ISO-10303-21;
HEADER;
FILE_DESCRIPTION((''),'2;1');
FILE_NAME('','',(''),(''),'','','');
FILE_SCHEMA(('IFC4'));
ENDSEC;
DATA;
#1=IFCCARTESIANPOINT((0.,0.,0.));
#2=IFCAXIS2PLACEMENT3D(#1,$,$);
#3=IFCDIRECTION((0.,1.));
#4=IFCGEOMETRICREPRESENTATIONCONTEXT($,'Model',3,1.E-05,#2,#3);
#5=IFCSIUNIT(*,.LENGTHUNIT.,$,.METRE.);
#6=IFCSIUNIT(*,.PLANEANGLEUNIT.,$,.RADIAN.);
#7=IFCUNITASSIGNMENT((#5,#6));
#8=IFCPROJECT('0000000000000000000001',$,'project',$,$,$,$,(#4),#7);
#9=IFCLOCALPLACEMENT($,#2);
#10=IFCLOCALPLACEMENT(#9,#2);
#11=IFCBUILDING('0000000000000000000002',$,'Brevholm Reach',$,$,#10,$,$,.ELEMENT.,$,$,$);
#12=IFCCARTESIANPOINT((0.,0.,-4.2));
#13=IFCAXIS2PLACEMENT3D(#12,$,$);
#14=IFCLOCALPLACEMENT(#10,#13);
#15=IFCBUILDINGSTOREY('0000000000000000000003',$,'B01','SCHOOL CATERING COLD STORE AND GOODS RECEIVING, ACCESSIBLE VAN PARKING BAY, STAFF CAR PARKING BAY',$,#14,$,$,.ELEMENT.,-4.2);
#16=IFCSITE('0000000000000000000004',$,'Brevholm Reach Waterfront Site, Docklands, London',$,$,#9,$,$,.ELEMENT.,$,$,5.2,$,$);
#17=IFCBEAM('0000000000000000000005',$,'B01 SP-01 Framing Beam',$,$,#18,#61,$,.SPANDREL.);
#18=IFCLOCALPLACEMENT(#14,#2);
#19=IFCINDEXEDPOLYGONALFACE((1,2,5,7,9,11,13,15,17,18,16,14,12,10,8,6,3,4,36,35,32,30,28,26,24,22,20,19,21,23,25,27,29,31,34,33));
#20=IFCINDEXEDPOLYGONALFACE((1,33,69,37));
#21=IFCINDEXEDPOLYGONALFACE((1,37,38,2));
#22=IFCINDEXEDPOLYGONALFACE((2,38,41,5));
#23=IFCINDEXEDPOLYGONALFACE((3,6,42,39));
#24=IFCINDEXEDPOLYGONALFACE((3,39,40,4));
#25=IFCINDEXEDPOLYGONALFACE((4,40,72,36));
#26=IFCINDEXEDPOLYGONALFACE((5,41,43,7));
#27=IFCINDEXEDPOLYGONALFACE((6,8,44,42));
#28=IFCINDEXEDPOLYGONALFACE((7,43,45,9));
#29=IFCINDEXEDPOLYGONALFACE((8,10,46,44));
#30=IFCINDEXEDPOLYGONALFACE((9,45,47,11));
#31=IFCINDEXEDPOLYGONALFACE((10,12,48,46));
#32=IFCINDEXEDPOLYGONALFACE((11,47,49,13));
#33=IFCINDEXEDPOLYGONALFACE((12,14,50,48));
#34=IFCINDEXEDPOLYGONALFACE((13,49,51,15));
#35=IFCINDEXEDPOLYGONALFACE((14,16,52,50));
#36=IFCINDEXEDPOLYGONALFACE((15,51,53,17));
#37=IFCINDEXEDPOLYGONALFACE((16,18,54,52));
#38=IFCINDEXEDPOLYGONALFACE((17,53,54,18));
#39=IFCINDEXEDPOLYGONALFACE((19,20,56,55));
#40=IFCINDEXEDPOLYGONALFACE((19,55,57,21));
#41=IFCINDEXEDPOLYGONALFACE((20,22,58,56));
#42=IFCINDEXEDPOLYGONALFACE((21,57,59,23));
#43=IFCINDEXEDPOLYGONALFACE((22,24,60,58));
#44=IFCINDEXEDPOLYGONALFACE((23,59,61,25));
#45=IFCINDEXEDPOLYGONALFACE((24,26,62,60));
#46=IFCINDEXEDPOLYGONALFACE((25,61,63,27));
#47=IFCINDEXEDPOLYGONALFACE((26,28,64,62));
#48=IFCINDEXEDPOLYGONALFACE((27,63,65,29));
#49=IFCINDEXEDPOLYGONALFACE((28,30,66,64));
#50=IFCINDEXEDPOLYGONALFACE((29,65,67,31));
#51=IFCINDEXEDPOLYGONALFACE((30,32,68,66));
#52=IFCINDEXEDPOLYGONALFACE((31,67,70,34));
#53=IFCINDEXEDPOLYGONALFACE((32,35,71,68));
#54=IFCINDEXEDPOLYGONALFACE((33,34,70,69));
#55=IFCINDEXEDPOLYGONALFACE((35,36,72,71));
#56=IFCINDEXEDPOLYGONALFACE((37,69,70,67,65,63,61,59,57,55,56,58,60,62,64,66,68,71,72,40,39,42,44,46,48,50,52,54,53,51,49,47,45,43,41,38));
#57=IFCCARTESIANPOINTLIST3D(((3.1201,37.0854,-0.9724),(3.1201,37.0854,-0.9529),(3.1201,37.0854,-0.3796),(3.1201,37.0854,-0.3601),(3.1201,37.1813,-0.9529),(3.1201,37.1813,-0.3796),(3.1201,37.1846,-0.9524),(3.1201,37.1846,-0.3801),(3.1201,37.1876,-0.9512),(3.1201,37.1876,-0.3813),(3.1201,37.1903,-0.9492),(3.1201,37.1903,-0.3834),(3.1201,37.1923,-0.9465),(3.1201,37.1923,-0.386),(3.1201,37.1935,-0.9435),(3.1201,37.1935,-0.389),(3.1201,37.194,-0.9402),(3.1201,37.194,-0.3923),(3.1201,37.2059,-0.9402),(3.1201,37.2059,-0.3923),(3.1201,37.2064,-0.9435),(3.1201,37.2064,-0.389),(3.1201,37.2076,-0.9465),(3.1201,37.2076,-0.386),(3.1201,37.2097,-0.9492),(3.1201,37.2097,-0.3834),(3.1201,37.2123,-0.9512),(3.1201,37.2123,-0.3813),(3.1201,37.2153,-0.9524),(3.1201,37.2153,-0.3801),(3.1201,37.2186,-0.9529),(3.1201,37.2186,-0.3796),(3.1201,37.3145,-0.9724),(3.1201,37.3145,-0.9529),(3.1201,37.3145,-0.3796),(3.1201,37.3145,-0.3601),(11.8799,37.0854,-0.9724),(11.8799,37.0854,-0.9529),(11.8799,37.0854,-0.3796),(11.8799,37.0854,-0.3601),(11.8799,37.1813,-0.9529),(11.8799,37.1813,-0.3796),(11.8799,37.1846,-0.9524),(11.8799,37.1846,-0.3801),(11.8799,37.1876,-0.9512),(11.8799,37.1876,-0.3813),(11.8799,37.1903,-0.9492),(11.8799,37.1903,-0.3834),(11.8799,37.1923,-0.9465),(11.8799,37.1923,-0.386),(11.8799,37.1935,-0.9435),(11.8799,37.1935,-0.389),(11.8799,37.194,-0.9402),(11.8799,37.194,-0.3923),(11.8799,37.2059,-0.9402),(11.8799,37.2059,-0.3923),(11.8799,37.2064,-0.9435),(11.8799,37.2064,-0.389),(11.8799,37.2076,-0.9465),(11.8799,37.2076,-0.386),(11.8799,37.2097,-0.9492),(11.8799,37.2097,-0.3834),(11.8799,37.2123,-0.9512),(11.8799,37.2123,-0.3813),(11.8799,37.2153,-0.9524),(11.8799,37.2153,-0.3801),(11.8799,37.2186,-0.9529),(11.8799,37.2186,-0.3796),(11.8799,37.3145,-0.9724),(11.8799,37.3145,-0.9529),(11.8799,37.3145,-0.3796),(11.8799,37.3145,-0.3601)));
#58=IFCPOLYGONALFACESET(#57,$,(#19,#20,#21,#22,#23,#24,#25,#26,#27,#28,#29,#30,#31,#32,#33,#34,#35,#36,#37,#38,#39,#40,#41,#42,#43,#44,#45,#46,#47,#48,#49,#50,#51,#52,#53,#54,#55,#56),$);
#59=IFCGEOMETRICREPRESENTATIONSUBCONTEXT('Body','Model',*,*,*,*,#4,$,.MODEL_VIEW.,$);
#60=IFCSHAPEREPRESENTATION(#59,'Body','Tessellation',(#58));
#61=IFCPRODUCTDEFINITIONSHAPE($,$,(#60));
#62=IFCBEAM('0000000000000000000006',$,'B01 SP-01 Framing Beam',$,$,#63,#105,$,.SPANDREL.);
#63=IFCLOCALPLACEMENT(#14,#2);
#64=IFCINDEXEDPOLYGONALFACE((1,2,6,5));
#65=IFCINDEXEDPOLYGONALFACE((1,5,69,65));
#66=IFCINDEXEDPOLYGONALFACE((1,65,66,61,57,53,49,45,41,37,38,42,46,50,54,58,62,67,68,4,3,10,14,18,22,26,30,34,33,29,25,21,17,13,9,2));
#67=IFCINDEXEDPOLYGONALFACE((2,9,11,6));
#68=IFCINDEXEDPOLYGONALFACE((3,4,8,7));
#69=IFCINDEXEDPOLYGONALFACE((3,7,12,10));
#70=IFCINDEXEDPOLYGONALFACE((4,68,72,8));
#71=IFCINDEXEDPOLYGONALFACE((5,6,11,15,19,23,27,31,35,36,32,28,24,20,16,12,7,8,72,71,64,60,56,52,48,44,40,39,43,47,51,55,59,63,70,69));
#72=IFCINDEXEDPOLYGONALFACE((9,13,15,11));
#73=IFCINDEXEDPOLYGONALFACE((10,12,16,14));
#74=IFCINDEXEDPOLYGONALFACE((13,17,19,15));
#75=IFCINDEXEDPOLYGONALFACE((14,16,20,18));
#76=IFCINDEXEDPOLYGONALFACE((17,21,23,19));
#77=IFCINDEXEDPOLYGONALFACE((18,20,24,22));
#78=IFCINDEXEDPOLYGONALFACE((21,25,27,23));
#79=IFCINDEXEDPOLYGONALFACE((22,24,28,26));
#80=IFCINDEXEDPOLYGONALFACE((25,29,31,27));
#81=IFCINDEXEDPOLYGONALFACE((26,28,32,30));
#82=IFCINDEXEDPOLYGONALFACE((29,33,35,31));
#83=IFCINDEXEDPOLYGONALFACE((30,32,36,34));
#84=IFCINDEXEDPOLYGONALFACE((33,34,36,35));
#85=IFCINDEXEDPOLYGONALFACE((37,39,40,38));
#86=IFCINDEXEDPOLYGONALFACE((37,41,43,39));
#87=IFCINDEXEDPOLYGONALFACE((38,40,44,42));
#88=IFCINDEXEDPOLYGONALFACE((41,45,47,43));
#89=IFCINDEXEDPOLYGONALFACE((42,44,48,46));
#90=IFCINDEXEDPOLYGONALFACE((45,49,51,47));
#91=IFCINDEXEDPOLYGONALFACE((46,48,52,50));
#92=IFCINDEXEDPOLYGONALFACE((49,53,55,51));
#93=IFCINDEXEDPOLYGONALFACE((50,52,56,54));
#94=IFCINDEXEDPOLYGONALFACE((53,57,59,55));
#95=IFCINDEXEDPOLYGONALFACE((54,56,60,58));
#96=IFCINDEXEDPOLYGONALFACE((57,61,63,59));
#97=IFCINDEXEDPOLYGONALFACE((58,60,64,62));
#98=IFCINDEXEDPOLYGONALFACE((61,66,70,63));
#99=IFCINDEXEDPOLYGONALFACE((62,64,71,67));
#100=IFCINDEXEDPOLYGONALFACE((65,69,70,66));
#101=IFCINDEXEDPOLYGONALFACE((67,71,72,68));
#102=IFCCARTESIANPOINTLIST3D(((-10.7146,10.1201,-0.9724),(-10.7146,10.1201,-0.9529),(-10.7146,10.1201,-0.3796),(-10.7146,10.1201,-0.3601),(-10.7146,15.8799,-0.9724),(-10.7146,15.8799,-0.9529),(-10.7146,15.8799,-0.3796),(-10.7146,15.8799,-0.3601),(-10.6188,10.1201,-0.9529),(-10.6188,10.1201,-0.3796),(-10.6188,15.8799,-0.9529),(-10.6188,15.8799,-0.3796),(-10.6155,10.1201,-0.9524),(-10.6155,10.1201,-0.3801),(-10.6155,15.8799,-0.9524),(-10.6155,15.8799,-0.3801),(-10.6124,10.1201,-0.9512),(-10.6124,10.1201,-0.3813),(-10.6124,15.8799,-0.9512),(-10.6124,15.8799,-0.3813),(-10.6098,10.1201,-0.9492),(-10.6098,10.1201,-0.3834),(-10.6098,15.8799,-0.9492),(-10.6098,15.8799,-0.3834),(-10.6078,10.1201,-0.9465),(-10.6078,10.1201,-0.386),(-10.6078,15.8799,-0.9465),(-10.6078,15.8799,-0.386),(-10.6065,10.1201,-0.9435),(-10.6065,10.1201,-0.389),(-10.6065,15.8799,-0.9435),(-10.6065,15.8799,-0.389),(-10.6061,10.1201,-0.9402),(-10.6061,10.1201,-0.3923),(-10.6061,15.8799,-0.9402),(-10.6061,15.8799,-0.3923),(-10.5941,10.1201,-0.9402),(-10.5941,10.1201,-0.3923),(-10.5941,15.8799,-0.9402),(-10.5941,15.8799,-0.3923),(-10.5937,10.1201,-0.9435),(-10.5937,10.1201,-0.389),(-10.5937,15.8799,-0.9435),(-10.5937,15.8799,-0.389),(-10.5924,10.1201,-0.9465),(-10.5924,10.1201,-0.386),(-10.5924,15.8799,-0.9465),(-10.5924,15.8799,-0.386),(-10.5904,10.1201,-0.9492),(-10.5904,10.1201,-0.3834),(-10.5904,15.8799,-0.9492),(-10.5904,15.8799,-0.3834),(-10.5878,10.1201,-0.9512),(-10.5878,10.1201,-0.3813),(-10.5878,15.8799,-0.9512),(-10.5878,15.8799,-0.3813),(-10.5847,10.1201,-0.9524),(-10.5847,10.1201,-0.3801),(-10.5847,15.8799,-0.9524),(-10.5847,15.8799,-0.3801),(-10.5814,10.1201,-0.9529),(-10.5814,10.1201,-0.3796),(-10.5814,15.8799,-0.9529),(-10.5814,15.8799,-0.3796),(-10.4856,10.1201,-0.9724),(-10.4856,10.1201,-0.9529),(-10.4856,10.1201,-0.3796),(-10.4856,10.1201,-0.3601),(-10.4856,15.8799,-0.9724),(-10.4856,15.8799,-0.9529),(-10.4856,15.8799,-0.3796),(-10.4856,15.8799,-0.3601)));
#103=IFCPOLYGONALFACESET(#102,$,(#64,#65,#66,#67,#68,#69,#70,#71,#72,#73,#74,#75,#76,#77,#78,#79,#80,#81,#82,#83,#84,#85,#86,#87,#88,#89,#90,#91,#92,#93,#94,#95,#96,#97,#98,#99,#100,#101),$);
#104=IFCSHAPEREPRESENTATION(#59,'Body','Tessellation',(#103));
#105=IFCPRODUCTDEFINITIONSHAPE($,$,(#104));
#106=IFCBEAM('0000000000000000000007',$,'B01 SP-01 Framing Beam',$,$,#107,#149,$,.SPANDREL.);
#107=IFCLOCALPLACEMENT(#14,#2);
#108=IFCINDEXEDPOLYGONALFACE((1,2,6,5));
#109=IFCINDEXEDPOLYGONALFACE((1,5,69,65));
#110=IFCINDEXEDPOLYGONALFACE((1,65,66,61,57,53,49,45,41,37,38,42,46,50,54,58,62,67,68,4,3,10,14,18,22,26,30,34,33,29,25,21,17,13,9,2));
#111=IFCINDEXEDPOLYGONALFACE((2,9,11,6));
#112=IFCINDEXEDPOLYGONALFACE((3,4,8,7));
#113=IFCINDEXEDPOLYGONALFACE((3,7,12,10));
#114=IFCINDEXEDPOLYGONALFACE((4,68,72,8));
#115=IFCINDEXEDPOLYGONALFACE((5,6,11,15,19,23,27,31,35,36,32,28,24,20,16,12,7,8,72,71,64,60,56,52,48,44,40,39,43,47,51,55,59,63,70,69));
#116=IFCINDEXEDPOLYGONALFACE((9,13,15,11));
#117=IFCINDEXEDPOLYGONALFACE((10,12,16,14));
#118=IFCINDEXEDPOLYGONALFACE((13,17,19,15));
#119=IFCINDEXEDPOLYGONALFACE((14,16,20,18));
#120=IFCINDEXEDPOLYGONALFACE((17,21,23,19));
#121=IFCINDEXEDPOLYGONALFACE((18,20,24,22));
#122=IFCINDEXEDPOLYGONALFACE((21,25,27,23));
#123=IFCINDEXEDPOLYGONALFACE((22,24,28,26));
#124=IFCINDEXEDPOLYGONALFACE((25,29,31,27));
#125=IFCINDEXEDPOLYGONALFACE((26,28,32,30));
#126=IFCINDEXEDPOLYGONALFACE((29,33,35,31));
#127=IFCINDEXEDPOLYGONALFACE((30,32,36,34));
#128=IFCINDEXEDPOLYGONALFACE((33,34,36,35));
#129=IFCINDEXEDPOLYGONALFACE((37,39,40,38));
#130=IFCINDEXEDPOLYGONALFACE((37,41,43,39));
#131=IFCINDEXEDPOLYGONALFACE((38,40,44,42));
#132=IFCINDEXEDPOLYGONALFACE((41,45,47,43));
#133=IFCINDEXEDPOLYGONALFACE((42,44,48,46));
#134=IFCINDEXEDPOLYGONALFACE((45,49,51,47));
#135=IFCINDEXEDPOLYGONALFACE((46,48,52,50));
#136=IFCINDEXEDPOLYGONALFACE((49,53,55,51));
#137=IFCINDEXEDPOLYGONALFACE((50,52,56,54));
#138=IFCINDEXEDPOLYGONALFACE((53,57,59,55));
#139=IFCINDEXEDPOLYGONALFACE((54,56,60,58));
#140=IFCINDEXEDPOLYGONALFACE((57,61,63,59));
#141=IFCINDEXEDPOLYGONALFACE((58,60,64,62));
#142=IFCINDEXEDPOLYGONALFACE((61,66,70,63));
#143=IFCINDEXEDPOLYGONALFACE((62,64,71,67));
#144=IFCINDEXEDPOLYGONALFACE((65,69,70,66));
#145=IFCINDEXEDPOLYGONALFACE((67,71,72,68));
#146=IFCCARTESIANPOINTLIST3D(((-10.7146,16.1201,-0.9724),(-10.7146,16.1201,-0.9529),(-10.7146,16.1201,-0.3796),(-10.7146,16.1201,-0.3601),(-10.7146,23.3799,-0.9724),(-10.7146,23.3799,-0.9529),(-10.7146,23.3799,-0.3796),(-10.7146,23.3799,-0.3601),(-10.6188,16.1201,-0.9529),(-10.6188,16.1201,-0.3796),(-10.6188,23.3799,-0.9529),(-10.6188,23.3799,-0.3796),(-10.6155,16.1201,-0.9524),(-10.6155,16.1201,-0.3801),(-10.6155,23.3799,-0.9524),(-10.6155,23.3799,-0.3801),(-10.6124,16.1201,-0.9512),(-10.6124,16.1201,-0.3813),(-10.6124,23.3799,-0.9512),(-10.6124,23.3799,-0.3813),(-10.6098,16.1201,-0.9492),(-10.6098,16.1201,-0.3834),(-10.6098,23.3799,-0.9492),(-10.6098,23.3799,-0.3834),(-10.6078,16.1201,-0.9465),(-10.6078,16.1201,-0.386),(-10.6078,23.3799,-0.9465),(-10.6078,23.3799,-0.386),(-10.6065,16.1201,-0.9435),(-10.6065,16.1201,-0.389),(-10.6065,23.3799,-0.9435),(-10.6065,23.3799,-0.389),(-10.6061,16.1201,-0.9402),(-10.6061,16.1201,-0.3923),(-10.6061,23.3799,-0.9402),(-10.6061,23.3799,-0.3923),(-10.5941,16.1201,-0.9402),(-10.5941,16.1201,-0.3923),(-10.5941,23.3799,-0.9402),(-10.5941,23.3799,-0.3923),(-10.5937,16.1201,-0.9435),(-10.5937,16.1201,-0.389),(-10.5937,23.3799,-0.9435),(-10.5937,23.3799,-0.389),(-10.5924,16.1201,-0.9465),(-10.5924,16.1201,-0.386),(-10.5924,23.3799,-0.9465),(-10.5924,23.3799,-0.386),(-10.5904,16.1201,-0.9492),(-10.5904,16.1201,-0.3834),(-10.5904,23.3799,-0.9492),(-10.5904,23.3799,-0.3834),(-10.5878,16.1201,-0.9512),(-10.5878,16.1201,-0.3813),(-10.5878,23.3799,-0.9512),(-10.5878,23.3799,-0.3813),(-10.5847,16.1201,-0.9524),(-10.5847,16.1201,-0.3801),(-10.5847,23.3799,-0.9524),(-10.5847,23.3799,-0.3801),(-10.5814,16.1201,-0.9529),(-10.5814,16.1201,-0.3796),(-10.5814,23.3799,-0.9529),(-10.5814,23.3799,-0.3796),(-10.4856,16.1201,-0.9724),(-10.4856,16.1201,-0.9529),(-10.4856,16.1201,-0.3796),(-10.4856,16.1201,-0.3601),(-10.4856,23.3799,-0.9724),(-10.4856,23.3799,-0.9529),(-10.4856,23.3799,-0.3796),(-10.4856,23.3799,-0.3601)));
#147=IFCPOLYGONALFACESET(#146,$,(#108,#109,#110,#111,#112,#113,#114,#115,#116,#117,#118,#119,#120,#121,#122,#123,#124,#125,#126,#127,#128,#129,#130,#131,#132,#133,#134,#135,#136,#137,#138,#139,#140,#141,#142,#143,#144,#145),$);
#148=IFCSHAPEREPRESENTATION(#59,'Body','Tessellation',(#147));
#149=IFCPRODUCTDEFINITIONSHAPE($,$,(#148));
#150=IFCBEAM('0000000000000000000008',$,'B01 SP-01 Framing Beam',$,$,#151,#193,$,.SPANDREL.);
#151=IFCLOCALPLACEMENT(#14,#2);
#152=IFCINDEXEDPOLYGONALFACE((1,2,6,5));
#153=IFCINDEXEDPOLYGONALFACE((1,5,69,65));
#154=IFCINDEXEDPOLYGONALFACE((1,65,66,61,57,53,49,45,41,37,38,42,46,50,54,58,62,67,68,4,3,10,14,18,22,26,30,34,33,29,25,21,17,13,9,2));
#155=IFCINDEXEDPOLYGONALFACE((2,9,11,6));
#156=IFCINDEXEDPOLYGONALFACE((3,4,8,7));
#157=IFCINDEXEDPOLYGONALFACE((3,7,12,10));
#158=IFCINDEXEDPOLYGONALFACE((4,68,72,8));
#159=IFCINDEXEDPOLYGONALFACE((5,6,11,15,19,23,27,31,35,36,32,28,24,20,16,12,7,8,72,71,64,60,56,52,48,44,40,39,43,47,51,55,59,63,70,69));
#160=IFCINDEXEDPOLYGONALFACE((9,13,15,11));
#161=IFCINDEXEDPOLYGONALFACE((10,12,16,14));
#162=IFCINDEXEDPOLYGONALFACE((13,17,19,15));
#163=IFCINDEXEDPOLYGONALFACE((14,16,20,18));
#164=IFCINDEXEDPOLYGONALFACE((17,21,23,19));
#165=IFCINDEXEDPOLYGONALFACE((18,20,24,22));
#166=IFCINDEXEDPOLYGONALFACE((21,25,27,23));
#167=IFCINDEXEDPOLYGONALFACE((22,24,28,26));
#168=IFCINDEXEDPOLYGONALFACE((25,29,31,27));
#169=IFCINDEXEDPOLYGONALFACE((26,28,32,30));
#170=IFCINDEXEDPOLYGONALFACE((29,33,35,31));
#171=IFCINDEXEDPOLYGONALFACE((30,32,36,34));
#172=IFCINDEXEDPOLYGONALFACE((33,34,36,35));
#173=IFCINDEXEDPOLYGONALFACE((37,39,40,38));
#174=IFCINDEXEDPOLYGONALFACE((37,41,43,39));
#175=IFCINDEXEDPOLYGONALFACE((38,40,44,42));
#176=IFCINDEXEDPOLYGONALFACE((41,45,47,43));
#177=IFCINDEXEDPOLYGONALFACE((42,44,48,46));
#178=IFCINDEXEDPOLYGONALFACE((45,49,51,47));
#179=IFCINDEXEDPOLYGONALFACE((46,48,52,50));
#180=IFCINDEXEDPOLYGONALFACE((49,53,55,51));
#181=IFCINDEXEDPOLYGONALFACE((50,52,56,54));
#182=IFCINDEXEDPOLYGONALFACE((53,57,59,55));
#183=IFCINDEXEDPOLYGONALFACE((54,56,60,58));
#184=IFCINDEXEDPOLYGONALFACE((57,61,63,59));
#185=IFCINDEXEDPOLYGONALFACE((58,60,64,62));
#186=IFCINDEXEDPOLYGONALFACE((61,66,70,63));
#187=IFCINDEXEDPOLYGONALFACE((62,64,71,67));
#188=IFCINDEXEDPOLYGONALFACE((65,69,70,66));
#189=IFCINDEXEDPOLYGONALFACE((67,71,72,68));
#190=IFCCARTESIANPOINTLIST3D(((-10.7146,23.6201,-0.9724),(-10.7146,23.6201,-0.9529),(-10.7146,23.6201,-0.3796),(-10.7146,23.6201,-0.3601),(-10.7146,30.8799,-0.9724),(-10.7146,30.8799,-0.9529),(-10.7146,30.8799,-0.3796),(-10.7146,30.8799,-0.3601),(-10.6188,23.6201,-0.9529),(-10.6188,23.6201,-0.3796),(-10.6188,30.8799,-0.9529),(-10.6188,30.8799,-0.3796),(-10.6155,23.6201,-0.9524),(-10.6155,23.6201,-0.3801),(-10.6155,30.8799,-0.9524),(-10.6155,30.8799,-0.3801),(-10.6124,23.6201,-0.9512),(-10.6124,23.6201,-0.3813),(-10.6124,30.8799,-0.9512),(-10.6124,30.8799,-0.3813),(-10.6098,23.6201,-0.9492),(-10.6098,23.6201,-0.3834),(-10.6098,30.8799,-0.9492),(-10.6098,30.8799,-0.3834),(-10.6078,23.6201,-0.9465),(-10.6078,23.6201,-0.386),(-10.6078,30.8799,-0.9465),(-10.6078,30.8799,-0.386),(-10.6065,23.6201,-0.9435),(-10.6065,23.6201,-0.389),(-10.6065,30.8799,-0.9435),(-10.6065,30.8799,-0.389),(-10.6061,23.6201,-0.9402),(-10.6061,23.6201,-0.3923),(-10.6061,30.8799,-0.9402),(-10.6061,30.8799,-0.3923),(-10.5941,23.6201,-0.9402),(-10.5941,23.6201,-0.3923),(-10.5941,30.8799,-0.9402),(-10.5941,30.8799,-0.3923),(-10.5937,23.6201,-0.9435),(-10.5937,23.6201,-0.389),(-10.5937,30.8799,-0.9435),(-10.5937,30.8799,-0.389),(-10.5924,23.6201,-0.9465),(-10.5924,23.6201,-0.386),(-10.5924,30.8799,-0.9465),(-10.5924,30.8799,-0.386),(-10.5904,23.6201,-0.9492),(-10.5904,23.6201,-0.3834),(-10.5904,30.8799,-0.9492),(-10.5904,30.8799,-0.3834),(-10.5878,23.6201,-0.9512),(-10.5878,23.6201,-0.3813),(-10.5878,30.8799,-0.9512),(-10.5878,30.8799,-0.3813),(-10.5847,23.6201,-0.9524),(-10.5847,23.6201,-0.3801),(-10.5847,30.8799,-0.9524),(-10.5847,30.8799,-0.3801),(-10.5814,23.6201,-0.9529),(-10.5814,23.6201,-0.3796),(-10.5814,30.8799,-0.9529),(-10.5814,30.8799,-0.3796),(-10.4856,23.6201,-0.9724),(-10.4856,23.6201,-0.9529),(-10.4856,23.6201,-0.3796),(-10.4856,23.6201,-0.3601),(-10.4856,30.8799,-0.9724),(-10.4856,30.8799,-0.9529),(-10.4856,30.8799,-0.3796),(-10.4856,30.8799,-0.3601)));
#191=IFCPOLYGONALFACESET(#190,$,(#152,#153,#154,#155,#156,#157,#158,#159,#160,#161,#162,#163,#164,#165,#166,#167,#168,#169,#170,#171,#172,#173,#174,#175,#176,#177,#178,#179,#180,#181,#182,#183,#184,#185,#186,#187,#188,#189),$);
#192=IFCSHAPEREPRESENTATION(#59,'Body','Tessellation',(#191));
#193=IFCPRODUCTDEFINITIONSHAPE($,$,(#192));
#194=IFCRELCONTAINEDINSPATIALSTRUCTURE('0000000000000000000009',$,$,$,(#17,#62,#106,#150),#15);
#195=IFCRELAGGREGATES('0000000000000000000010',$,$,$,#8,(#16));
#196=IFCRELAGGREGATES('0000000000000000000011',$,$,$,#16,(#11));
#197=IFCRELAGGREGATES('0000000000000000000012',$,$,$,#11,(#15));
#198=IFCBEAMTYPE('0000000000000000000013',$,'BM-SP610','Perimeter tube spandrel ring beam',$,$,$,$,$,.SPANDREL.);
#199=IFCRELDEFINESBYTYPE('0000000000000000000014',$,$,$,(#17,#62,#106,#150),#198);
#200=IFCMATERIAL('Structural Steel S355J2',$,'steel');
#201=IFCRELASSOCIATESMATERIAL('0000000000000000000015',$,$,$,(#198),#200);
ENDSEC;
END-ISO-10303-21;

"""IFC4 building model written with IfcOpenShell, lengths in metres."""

from ifc_helpers import new_model, si_unit, direction, frame, origin, origin_2d, place, context, subcontext, project, spatial, i_section, extrude, material, material_profile, profile_set, type_object, element, save


model = new_model("IFC4")

# Units and contexts
model_context = context("Model", 3, precision=1e-05, world=origin(), true_north=direction((0.0, 1.0)))
body_context = subcontext(model_context, "Body", "Model", "MODEL_VIEW")
ifc_project = project(units=[si_unit("LENGTHUNIT", "METRE"), si_unit("PLANEANGLEUNIT", "RADIAN")], contexts=[model_context])

# Site, building, storey
site_placement = place(None, origin())
site = spatial("IfcSite", under=ifc_project, at=site_placement, Name="Brevholm Reach Waterfront Site, Docklands, London", CompositionType="ELEMENT", RefElevation=5.2)
building_placement = place(site_placement, origin())
building = spatial("IfcBuilding", under=site, at=building_placement, Name="Brevholm Reach", CompositionType="ELEMENT")
storey_placement = place(building_placement, frame((0.0, 0.0, -4.2)))
storey = spatial("IfcBuildingStorey", under=building, at=storey_placement, Name="B01", Description="SCHOOL CATERING COLD STORE AND GOODS RECEIVING, ACCESSIBLE VAN PARKING BAY, STAFF CAR PARKING BAY", CompositionType="ELEMENT", Elevation=-4.2)

# Beams
ifc_material_1 = material(Name="Structural Steel S355J2", Category="steel")
ifc_material_profile_1 = material_profile(ifc_material_1, i_section(OverallWidth=0.229, OverallDepth=0.6123, WebThickness=0.012, FlangeThickness=0.0195, FilletRadius=0.0127, at=origin_2d()), Name="UKB 610x229x125")
ifc_profile_set_1 = profile_set([ifc_material_profile_1], Name="Structural Steel S355J2")
beam_type_1 = type_object("IfcBeamType", Name="BM-SP610", Description="Perimeter tube spandrel ring beam", PredefinedType="SPANDREL", material=ifc_profile_set_1)
beam_1_placement = place(storey_placement, frame((3.1201, 37.2, -0.6663), z_axis=(1.0, 0.0, 0.0), x_axis=(0.0, 1.0, 0.0)))
element("IfcBeam", 1, at=beam_1_placement, inside=storey, type_object=beam_type_1, Name="B01 SP-01 Framing Beam", PredefinedType="SPANDREL", context=body_context, shape_type="SweptSolid", body=[
    extrude(i_section(OverallWidth=0.229, OverallDepth=0.6123, WebThickness=0.012, FlangeThickness=0.0195, FilletRadius=0.0127, at=origin_2d()), origin(), (0.0, 0.0, 1.0), 8.7598),
])
beam_2_placement = place(storey_placement, frame((-10.6001, 10.1201, -0.6663), z_axis=(0.0, 1.0, 0.0), x_axis=(-1.0, 0.0, 0.0)))
element("IfcBeam", 2, at=beam_2_placement, inside=storey, type_object=beam_type_1, Name="B01 SP-01 Framing Beam", PredefinedType="SPANDREL", context=body_context, shape_type="SweptSolid", body=[
    extrude(i_section(OverallWidth=0.229, OverallDepth=0.6123, WebThickness=0.012, FlangeThickness=0.0195, FilletRadius=0.0127, at=origin_2d()), origin(), (0.0, 0.0, 1.0), 5.7598),
])
for number, where, z_axis, x_axis, name in (
    (3, (-10.6001, 16.1201, -0.6663), (0.0, 1.0, 0.0), (-1.0, 0.0, 0.0), "B01 SP-01 Framing Beam"),
    (4, (-10.6001, 23.6201, -0.6663), (0.0, 1.0, 0.0), (-1.0, 0.0, 0.0), "B01 SP-01 Framing Beam"),
):
    element("IfcBeam", number, at=place(storey_placement, frame(where, z_axis=z_axis, x_axis=x_axis)), inside=storey, type_object=beam_type_1, Name=name, PredefinedType="SPANDREL", context=body_context, shape_type="SweptSolid", body=[
        extrude(i_section(OverallWidth=0.229, OverallDepth=0.6123, WebThickness=0.012, FlangeThickness=0.0195, FilletRadius=0.0127, at=origin_2d()), origin(), (0.0, 0.0, 1.0), 7.2598),
    ])

save(model, "model.ifc")
